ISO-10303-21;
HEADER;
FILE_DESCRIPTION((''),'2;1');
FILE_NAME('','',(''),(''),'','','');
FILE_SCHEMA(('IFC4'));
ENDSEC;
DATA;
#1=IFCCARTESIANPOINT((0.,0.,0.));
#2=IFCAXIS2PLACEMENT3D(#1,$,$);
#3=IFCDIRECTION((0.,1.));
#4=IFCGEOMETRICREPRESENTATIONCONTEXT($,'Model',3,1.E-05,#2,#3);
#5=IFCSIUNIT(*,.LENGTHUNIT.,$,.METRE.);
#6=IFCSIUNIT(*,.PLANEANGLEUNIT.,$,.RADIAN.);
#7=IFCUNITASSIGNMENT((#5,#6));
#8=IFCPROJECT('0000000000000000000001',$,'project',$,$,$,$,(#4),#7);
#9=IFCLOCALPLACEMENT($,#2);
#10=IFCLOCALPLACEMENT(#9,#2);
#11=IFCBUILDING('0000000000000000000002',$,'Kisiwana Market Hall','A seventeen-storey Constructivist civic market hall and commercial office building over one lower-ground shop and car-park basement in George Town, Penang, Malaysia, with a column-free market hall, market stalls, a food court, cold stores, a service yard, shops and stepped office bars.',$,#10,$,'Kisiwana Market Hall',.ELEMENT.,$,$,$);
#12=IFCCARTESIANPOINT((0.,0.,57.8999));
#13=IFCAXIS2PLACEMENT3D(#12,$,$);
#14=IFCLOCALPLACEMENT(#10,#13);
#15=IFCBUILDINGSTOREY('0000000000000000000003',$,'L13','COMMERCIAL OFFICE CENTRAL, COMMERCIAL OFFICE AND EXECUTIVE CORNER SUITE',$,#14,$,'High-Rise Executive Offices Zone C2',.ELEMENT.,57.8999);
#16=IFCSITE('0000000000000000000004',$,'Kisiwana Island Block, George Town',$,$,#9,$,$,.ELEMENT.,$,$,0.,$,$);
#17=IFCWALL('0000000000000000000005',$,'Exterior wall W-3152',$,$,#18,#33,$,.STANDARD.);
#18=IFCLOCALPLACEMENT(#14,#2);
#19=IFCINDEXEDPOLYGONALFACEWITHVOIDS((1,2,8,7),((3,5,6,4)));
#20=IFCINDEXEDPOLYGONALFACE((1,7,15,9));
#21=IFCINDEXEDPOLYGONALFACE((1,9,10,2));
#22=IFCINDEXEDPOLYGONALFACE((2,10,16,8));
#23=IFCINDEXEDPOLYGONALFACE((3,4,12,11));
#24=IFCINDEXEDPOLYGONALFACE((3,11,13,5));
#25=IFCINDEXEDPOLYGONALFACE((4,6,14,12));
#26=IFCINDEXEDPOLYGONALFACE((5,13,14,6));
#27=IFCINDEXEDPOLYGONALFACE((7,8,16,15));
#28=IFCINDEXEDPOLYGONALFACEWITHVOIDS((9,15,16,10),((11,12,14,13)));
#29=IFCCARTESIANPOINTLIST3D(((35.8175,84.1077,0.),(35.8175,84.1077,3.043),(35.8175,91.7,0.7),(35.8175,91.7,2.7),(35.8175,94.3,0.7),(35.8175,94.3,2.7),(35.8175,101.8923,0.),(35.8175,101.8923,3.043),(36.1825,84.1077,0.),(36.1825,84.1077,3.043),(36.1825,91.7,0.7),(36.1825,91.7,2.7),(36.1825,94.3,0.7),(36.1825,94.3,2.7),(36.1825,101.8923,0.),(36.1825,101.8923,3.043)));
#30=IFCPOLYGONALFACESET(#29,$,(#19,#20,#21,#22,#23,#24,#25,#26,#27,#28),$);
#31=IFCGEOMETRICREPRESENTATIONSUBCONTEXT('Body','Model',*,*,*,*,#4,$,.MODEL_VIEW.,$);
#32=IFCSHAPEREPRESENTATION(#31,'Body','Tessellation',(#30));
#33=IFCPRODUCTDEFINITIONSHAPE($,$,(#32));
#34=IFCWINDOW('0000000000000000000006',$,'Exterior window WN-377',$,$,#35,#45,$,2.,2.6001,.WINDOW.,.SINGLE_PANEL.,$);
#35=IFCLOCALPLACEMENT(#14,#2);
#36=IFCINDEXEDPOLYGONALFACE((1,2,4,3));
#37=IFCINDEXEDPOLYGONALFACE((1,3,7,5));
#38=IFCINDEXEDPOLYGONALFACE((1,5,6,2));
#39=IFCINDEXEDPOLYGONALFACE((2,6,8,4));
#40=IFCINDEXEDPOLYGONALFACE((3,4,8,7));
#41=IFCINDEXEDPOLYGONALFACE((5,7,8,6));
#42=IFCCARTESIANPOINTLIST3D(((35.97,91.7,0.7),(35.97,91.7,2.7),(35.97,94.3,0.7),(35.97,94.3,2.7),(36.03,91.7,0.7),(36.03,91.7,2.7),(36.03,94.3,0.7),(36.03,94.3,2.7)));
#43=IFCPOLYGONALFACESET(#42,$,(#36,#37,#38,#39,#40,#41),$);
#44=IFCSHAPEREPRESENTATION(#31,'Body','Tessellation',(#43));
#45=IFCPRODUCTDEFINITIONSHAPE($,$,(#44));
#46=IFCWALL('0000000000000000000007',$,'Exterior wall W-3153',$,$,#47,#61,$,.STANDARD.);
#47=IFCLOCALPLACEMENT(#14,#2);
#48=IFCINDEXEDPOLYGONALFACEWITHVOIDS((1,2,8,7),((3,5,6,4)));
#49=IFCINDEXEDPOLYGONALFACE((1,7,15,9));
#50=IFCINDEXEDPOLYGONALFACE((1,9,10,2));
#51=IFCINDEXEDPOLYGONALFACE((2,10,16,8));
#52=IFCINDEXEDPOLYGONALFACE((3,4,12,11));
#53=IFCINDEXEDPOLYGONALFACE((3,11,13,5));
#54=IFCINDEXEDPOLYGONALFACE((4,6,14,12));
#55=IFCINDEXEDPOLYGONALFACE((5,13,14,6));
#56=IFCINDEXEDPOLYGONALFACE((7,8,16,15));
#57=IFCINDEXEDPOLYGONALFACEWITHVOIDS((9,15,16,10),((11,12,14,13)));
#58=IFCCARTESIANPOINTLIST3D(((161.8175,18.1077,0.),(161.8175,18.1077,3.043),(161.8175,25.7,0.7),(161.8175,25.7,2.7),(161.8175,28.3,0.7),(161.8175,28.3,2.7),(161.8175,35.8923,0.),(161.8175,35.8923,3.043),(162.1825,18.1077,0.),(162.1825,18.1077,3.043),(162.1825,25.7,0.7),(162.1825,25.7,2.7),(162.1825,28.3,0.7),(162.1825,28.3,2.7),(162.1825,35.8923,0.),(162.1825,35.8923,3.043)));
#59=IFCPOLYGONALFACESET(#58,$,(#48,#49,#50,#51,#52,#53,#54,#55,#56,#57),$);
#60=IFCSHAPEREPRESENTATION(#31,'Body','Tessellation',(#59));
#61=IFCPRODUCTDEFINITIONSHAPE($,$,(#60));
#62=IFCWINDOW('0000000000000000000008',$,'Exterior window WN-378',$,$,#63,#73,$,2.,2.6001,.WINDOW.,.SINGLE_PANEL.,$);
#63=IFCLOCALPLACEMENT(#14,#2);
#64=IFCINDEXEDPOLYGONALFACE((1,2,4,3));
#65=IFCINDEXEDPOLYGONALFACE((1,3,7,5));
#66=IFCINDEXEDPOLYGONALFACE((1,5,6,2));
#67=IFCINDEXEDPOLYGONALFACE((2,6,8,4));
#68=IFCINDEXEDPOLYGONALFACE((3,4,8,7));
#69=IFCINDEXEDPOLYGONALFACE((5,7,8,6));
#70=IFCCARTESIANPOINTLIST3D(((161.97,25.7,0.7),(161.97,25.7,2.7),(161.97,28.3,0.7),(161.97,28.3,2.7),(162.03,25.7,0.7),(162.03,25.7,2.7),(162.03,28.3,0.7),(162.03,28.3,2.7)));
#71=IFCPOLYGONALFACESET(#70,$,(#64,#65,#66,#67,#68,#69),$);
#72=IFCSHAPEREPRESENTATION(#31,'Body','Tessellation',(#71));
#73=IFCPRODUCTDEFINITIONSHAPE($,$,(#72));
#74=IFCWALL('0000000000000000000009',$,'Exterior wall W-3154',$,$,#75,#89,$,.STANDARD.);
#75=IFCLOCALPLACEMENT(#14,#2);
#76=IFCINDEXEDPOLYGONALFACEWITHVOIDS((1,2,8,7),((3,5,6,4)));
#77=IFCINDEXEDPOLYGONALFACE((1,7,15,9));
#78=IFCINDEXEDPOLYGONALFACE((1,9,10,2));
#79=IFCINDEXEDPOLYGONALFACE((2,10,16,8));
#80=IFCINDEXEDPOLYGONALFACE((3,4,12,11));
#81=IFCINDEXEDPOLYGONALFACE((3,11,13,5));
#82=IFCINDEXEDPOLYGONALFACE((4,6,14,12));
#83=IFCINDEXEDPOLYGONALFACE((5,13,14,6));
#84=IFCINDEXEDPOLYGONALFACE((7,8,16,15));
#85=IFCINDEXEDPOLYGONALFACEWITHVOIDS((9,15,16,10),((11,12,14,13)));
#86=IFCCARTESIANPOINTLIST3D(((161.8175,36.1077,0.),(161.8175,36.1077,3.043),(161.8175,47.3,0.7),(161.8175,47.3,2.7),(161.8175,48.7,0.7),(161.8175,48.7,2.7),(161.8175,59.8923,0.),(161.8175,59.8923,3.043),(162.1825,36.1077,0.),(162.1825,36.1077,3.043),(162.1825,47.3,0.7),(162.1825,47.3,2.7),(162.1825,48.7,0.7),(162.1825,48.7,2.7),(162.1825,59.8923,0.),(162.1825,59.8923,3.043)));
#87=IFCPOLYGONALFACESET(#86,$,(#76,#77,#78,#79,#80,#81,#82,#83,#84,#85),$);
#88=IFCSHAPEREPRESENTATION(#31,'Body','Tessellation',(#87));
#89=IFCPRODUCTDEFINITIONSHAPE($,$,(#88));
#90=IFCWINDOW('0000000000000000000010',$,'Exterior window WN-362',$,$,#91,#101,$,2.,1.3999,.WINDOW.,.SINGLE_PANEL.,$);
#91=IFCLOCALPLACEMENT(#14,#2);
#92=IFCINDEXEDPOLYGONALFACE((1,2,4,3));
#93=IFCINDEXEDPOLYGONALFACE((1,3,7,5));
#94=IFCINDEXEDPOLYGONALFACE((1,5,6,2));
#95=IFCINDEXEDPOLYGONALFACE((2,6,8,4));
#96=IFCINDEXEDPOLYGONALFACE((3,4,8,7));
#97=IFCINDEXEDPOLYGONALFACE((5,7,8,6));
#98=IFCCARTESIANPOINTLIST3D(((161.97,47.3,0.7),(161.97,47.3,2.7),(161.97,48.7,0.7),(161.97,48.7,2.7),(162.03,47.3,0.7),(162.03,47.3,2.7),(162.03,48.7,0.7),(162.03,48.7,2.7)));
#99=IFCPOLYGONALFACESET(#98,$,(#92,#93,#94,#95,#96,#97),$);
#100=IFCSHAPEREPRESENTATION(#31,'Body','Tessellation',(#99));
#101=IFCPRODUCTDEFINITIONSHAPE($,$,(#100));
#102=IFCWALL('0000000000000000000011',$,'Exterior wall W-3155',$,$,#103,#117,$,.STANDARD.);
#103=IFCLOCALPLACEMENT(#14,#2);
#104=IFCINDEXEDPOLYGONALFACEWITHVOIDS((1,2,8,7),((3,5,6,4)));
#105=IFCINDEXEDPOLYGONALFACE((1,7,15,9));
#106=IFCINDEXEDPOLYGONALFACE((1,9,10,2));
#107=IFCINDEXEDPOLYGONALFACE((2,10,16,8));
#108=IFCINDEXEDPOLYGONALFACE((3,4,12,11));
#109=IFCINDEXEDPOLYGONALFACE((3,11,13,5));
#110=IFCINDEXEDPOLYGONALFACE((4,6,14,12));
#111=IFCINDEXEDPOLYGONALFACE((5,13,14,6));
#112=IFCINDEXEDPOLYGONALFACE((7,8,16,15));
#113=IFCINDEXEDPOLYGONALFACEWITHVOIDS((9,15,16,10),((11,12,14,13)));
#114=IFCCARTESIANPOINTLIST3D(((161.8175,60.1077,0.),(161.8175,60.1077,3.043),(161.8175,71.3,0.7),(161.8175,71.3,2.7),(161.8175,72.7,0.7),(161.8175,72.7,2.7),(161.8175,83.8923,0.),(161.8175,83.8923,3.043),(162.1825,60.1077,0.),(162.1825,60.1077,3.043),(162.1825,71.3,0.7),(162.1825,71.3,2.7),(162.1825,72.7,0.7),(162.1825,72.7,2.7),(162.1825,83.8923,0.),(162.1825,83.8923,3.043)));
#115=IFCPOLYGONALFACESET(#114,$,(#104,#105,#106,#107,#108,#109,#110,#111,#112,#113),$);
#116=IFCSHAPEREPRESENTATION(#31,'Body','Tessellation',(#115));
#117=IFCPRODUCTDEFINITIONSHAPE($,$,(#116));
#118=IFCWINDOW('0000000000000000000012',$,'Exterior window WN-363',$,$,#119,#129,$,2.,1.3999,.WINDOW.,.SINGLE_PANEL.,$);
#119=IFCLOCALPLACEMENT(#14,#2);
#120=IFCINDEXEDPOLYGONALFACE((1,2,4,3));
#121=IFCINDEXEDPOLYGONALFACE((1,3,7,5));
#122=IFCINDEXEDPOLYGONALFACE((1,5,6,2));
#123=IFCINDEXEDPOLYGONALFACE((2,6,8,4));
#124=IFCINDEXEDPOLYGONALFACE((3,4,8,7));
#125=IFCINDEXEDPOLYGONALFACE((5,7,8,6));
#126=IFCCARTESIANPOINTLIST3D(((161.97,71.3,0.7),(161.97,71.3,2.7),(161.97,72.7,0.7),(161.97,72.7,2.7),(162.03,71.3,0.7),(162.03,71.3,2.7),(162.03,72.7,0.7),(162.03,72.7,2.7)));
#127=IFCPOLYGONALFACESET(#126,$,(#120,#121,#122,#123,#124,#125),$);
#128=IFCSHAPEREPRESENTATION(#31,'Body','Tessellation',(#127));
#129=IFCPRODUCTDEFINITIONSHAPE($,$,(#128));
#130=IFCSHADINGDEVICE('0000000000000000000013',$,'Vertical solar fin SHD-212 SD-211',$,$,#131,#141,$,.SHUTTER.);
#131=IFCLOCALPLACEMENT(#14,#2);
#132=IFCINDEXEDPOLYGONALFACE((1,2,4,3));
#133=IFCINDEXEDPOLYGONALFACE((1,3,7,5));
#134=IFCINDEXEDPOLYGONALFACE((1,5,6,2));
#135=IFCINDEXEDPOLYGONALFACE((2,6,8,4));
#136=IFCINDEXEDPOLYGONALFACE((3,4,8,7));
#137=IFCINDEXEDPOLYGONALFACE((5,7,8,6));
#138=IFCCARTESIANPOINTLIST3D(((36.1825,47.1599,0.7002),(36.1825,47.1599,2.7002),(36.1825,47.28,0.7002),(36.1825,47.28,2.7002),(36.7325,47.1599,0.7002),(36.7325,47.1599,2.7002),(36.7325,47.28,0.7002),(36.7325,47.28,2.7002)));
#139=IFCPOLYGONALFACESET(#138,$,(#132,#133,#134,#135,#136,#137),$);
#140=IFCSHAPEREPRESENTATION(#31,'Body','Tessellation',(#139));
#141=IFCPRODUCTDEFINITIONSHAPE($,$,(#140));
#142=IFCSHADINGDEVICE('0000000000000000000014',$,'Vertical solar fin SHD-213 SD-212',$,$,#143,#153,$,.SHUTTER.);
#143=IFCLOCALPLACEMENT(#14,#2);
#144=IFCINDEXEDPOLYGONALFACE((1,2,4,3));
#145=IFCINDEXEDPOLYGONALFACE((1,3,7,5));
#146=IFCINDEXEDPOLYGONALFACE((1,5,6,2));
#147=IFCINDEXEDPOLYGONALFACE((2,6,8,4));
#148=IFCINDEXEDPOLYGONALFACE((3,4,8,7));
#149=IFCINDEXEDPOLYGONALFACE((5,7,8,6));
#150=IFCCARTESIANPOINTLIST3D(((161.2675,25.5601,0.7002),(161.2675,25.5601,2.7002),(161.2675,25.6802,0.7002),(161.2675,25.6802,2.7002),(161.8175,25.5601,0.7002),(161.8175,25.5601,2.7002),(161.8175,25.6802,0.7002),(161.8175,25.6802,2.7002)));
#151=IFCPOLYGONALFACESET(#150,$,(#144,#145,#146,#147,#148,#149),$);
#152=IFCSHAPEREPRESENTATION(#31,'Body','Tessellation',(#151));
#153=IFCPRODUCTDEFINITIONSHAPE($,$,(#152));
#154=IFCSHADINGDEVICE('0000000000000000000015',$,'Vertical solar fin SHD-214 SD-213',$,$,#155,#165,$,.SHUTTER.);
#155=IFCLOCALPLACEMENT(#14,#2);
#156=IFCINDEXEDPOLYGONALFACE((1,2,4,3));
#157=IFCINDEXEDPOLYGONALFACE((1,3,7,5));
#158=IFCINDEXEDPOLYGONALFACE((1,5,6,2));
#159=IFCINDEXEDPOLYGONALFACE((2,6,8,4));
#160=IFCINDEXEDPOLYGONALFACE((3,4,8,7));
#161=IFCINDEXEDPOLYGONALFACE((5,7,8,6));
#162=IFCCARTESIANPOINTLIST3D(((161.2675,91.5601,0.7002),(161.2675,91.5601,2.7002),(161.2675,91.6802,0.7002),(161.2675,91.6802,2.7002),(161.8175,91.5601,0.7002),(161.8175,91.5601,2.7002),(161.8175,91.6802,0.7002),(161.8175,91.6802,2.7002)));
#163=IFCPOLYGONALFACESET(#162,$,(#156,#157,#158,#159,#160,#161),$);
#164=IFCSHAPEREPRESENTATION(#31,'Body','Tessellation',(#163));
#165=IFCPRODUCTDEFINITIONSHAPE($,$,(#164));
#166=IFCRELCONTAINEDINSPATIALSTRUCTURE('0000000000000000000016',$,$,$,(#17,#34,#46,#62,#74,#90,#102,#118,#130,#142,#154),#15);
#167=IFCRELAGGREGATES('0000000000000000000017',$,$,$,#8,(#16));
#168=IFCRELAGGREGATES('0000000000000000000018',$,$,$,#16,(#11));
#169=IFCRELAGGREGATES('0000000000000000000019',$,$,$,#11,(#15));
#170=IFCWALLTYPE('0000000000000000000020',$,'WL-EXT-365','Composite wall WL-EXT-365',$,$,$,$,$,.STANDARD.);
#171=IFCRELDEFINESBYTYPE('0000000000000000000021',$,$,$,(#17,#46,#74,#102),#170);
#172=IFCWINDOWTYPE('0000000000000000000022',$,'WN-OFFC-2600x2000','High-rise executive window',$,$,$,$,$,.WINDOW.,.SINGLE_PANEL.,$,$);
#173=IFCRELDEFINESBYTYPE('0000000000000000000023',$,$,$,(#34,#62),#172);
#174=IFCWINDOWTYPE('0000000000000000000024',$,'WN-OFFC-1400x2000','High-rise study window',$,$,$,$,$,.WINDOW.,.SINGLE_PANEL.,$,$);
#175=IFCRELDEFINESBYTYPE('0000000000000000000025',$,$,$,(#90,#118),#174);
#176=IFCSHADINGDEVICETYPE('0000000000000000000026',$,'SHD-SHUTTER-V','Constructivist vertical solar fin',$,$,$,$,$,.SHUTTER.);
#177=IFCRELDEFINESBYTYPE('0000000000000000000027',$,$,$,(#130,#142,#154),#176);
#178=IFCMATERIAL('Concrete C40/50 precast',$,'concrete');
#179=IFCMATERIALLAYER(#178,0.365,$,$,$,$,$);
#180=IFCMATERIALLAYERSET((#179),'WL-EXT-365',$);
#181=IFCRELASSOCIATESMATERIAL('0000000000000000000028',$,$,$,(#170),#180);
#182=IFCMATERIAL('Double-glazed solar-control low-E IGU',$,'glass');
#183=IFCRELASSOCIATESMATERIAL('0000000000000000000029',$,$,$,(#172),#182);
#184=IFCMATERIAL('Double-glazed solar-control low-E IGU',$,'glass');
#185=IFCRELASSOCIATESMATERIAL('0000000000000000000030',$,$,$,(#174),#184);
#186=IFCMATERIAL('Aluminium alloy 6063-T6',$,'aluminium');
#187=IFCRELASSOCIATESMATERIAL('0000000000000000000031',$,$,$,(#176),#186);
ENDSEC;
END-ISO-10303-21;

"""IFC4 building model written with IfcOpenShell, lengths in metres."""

from ifc_helpers import new_model, si_unit, direction, frame, frame_2d, origin, origin_2d, place, context, subcontext, project, spatial, rectangle, extrude, material, layer, layer_set, type_object, element, fill, save


model = new_model("IFC4")

# Units and contexts
model_context = context("Model", 3, precision=1e-05, world=origin(), true_north=direction((0.0, 1.0)))
body_context = subcontext(model_context, "Body", "Model", "MODEL_VIEW")
ifc_project = project(units=[si_unit("LENGTHUNIT", "METRE"), si_unit("PLANEANGLEUNIT", "RADIAN")], contexts=[model_context])

# Site, building, storey
site_placement = place(None, origin())
site = spatial("IfcSite", under=ifc_project, at=site_placement, Name="Kisiwana Island Block, George Town", CompositionType="ELEMENT", RefElevation=0.0)
building_placement = place(site_placement, origin())
building = spatial("IfcBuilding", under=site, at=building_placement, Name="Kisiwana Market Hall", Description="A seventeen-storey Constructivist civic market hall and commercial office building over one lower-ground shop and car-park basement in George Town, Penang, Malaysia, with a column-free market hall, market stalls, a food court, cold stores, a service yard, shops and stepped office bars.", LongName="Kisiwana Market Hall", CompositionType="ELEMENT")
storey_placement = place(building_placement, frame((0.0, 0.0, 57.8999)))
storey = spatial("IfcBuildingStorey", under=building, at=storey_placement, Name="L13", Description="COMMERCIAL OFFICE CENTRAL, COMMERCIAL OFFICE AND EXECUTIVE CORNER SUITE", LongName="High-Rise Executive Offices Zone C2", CompositionType="ELEMENT", Elevation=57.8999)

# Walls, openings, windows
ifc_material_1 = material(Name="Concrete C40/50 precast", Category="concrete")
ifc_layer = layer(ifc_material_1, 0.365)
ifc_layer_set = layer_set([ifc_layer], Name="WL-EXT-365")
wall_type = type_object("IfcWallType", Name="WL-EXT-365", Description="Composite wall WL-EXT-365", PredefinedType="STANDARD", material=ifc_layer_set)
ifc_material_2 = material(Name="Double-glazed solar-control low-E IGU", Category="glass")
window_type_1 = type_object("IfcWindowType", Name="WN-OFFC-2600x2000", Description="High-rise executive window", PartitioningType="SINGLE_PANEL", PredefinedType="WINDOW", material=ifc_material_2)
ifc_material_3 = material(Name="Double-glazed solar-control low-E IGU", Category="glass")
window_type_2 = type_object("IfcWindowType", Name="WN-OFFC-1400x2000", Description="High-rise study window", PartitioningType="SINGLE_PANEL", PredefinedType="WINDOW", material=ifc_material_3)
wall_1_placement = place(storey_placement, frame((36.0, 84.1077, 0.0), z_axis=(0.0, 0.0, 1.0), x_axis=(0.0, 1.0, 0.0)))
wall_1 = element("IfcWall", 1, at=wall_1_placement, inside=storey, type_object=wall_type, Name="Exterior wall W-3152", PredefinedType="STANDARD", context=body_context, shape_type="SweptSolid", body=[
    extrude(rectangle(XDim=17.7847, YDim=0.365, at=frame_2d((8.8923, 0.0))), origin(), (0.0, 0.0, 1.0), 3.043),
])
opening_1_placement = place(wall_1_placement, frame((7.5923, 0.0, 0.7)))
opening_1 = element("IfcOpeningElement", 2, at=opening_1_placement, cuts=wall_1, PredefinedType="OPENING", context=body_context, shape_type="SweptSolid", body=[
    extrude(rectangle(XDim=2.6001, YDim=2.0, at=frame_2d((1.3, 1.0))), frame((0.0, 0.1943, 0.0), z_axis=(0.0, -1.0, 0.0), x_axis=(1.0, 0.0, 0.0)), (0.0, 0.0, 1.0), 0.3889),
])
window_1_placement = place(opening_1_placement, origin())
window_1 = element("IfcWindow", 3, at=window_1_placement, inside=storey, type_object=window_type_1, Name="Exterior window WN-377", OverallHeight=2.0, OverallWidth=2.6001, PartitioningType="SINGLE_PANEL", PredefinedType="WINDOW", context=body_context, shape_type="SweptSolid", body=[
    extrude(rectangle(XDim=2.6001, YDim=2.0, at=frame_2d((1.3, 1.0))), frame((0.0, 0.03, 0.0), z_axis=(0.0, -1.0, 0.0), x_axis=(1.0, 0.0, 0.0)), (0.0, 0.0, 1.0), 0.0601),
])
fill(opening_1, window_1)
wall_2_placement = place(storey_placement, frame((162.0, 18.1077, 0.0), z_axis=(0.0, 0.0, 1.0), x_axis=(0.0, 1.0, 0.0)))
wall_2 = element("IfcWall", 4, at=wall_2_placement, inside=storey, type_object=wall_type, Name="Exterior wall W-3153", PredefinedType="STANDARD", context=body_context, shape_type="SweptSolid", body=[
    extrude(rectangle(XDim=17.7847, YDim=0.365, at=frame_2d((8.8923, 0.0))), origin(), (0.0, 0.0, 1.0), 3.043),
])
opening_2_placement = place(wall_2_placement, frame((7.5923, 0.0, 0.7)))
opening_2 = element("IfcOpeningElement", 5, at=opening_2_placement, cuts=wall_2, PredefinedType="OPENING", context=body_context, shape_type="SweptSolid", body=[
    extrude(rectangle(XDim=2.6001, YDim=2.0, at=frame_2d((1.3, 1.0))), frame((0.0, 0.1943, 0.0), z_axis=(0.0, -1.0, 0.0), x_axis=(1.0, 0.0, 0.0)), (0.0, 0.0, 1.0), 0.3889),
])
window_2_placement = place(opening_2_placement, origin())
window_2 = element("IfcWindow", 6, at=window_2_placement, inside=storey, type_object=window_type_1, Name="Exterior window WN-378", OverallHeight=2.0, OverallWidth=2.6001, PartitioningType="SINGLE_PANEL", PredefinedType="WINDOW", context=body_context, shape_type="SweptSolid", body=[
    extrude(rectangle(XDim=2.6001, YDim=2.0, at=frame_2d((1.3, 1.0))), frame((0.0, 0.03, 0.0), z_axis=(0.0, -1.0, 0.0), x_axis=(1.0, 0.0, 0.0)), (0.0, 0.0, 1.0), 0.0601),
])
fill(opening_2, window_2)
wall_3_placement = place(storey_placement, frame((162.0, 36.1077, 0.0), z_axis=(0.0, 0.0, 1.0), x_axis=(0.0, 1.0, 0.0)))
wall_3 = element("IfcWall", 7, at=wall_3_placement, inside=storey, type_object=wall_type, Name="Exterior wall W-3154", PredefinedType="STANDARD", context=body_context, shape_type="SweptSolid", body=[
    extrude(rectangle(XDim=23.7847, YDim=0.365, at=frame_2d((11.8923, 0.0))), origin(), (0.0, 0.0, 1.0), 3.043),
])
opening_3_placement = place(wall_3_placement, frame((11.1924, 0.0, 0.7)))
opening_3 = element("IfcOpeningElement", 8, at=opening_3_placement, cuts=wall_3, PredefinedType="OPENING", context=body_context, shape_type="SweptSolid", body=[
    extrude(rectangle(XDim=1.3999, YDim=2.0, at=frame_2d((0.7, 1.0))), frame((0.0, 0.1943, 0.0), z_axis=(0.0, -1.0, 0.0), x_axis=(1.0, 0.0, 0.0)), (0.0, 0.0, 1.0), 0.3889),
])
window_3_placement = place(opening_3_placement, origin())
window_3 = element("IfcWindow", 9, at=window_3_placement, inside=storey, type_object=window_type_2, Name="Exterior window WN-362", OverallHeight=2.0, OverallWidth=1.3999, PartitioningType="SINGLE_PANEL", PredefinedType="WINDOW", context=body_context, shape_type="SweptSolid", body=[
    extrude(rectangle(XDim=1.3999, YDim=2.0, at=frame_2d((0.7, 1.0))), frame((0.0, 0.03, 0.0), z_axis=(0.0, -1.0, 0.0), x_axis=(1.0, 0.0, 0.0)), (0.0, 0.0, 1.0), 0.0601),
])
fill(opening_3, window_3)
wall_4_placement = place(storey_placement, frame((162.0, 60.1077, 0.0), z_axis=(0.0, 0.0, 1.0), x_axis=(0.0, 1.0, 0.0)))
wall_4 = element("IfcWall", 10, at=wall_4_placement, inside=storey, type_object=wall_type, Name="Exterior wall W-3155", PredefinedType="STANDARD", context=body_context, shape_type="SweptSolid", body=[
    extrude(rectangle(XDim=23.7847, YDim=0.365, at=frame_2d((11.8923, 0.0))), origin(), (0.0, 0.0, 1.0), 3.043),
])
opening_4_placement = place(wall_4_placement, frame((11.1924, 0.0, 0.7)))
opening_4 = element("IfcOpeningElement", 11, at=opening_4_placement, cuts=wall_4, PredefinedType="OPENING", context=body_context, shape_type="SweptSolid", body=[
    extrude(rectangle(XDim=1.3999, YDim=2.0, at=frame_2d((0.7, 1.0))), frame((0.0, 0.1943, 0.0), z_axis=(0.0, -1.0, 0.0), x_axis=(1.0, 0.0, 0.0)), (0.0, 0.0, 1.0), 0.3889),
])
window_4_placement = place(opening_4_placement, origin())
window_4 = element("IfcWindow", 12, at=window_4_placement, inside=storey, type_object=window_type_2, Name="Exterior window WN-363", OverallHeight=2.0, OverallWidth=1.3999, PartitioningType="SINGLE_PANEL", PredefinedType="WINDOW", context=body_context, shape_type="SweptSolid", body=[
    extrude(rectangle(XDim=1.3999, YDim=2.0, at=frame_2d((0.7, 1.0))), frame((0.0, 0.03, 0.0), z_axis=(0.0, -1.0, 0.0), x_axis=(1.0, 0.0, 0.0)), (0.0, 0.0, 1.0), 0.0601),
])
fill(opening_4, window_4)

# Shading devices
ifc_material_4 = material(Name="Aluminium alloy 6063-T6", Category="aluminium")
shading_device_type = type_object("IfcShadingDeviceType", Name="SHD-SHUTTER-V", Description="Constructivist vertical solar fin", PredefinedType="SHUTTER", material=ifc_material_4)
for number, where, z_axis, x_axis, name in (
    (13, (36.4575, 47.22, 0.7002), (0.0, 0.0, 1.0), (0.0, 1.0, 0.0), "Vertical solar fin SHD-212 SD-211"),
    (14, (161.5425, 25.6201, 0.7002), (0.0, 0.0, 1.0), (0.0, 1.0, 0.0), "Vertical solar fin SHD-213 SD-212"),
    (15, (161.5425, 91.6201, 0.7002), (0.0, 0.0, 1.0), (0.0, 1.0, 0.0), "Vertical solar fin SHD-214 SD-213"),
):
    element("IfcShadingDevice", number, at=place(storey_placement, frame(where, z_axis=z_axis, x_axis=x_axis)), inside=storey, type_object=shading_device_type, Name=name, PredefinedType="SHUTTER", context=body_context, shape_type="SweptSolid", body=[
        extrude(rectangle(XDim=0.1201, YDim=0.55, at=origin_2d()), origin(), (0.0, 0.0, 1.0), 2.0),
    ])

save(model, "model.ifc")
